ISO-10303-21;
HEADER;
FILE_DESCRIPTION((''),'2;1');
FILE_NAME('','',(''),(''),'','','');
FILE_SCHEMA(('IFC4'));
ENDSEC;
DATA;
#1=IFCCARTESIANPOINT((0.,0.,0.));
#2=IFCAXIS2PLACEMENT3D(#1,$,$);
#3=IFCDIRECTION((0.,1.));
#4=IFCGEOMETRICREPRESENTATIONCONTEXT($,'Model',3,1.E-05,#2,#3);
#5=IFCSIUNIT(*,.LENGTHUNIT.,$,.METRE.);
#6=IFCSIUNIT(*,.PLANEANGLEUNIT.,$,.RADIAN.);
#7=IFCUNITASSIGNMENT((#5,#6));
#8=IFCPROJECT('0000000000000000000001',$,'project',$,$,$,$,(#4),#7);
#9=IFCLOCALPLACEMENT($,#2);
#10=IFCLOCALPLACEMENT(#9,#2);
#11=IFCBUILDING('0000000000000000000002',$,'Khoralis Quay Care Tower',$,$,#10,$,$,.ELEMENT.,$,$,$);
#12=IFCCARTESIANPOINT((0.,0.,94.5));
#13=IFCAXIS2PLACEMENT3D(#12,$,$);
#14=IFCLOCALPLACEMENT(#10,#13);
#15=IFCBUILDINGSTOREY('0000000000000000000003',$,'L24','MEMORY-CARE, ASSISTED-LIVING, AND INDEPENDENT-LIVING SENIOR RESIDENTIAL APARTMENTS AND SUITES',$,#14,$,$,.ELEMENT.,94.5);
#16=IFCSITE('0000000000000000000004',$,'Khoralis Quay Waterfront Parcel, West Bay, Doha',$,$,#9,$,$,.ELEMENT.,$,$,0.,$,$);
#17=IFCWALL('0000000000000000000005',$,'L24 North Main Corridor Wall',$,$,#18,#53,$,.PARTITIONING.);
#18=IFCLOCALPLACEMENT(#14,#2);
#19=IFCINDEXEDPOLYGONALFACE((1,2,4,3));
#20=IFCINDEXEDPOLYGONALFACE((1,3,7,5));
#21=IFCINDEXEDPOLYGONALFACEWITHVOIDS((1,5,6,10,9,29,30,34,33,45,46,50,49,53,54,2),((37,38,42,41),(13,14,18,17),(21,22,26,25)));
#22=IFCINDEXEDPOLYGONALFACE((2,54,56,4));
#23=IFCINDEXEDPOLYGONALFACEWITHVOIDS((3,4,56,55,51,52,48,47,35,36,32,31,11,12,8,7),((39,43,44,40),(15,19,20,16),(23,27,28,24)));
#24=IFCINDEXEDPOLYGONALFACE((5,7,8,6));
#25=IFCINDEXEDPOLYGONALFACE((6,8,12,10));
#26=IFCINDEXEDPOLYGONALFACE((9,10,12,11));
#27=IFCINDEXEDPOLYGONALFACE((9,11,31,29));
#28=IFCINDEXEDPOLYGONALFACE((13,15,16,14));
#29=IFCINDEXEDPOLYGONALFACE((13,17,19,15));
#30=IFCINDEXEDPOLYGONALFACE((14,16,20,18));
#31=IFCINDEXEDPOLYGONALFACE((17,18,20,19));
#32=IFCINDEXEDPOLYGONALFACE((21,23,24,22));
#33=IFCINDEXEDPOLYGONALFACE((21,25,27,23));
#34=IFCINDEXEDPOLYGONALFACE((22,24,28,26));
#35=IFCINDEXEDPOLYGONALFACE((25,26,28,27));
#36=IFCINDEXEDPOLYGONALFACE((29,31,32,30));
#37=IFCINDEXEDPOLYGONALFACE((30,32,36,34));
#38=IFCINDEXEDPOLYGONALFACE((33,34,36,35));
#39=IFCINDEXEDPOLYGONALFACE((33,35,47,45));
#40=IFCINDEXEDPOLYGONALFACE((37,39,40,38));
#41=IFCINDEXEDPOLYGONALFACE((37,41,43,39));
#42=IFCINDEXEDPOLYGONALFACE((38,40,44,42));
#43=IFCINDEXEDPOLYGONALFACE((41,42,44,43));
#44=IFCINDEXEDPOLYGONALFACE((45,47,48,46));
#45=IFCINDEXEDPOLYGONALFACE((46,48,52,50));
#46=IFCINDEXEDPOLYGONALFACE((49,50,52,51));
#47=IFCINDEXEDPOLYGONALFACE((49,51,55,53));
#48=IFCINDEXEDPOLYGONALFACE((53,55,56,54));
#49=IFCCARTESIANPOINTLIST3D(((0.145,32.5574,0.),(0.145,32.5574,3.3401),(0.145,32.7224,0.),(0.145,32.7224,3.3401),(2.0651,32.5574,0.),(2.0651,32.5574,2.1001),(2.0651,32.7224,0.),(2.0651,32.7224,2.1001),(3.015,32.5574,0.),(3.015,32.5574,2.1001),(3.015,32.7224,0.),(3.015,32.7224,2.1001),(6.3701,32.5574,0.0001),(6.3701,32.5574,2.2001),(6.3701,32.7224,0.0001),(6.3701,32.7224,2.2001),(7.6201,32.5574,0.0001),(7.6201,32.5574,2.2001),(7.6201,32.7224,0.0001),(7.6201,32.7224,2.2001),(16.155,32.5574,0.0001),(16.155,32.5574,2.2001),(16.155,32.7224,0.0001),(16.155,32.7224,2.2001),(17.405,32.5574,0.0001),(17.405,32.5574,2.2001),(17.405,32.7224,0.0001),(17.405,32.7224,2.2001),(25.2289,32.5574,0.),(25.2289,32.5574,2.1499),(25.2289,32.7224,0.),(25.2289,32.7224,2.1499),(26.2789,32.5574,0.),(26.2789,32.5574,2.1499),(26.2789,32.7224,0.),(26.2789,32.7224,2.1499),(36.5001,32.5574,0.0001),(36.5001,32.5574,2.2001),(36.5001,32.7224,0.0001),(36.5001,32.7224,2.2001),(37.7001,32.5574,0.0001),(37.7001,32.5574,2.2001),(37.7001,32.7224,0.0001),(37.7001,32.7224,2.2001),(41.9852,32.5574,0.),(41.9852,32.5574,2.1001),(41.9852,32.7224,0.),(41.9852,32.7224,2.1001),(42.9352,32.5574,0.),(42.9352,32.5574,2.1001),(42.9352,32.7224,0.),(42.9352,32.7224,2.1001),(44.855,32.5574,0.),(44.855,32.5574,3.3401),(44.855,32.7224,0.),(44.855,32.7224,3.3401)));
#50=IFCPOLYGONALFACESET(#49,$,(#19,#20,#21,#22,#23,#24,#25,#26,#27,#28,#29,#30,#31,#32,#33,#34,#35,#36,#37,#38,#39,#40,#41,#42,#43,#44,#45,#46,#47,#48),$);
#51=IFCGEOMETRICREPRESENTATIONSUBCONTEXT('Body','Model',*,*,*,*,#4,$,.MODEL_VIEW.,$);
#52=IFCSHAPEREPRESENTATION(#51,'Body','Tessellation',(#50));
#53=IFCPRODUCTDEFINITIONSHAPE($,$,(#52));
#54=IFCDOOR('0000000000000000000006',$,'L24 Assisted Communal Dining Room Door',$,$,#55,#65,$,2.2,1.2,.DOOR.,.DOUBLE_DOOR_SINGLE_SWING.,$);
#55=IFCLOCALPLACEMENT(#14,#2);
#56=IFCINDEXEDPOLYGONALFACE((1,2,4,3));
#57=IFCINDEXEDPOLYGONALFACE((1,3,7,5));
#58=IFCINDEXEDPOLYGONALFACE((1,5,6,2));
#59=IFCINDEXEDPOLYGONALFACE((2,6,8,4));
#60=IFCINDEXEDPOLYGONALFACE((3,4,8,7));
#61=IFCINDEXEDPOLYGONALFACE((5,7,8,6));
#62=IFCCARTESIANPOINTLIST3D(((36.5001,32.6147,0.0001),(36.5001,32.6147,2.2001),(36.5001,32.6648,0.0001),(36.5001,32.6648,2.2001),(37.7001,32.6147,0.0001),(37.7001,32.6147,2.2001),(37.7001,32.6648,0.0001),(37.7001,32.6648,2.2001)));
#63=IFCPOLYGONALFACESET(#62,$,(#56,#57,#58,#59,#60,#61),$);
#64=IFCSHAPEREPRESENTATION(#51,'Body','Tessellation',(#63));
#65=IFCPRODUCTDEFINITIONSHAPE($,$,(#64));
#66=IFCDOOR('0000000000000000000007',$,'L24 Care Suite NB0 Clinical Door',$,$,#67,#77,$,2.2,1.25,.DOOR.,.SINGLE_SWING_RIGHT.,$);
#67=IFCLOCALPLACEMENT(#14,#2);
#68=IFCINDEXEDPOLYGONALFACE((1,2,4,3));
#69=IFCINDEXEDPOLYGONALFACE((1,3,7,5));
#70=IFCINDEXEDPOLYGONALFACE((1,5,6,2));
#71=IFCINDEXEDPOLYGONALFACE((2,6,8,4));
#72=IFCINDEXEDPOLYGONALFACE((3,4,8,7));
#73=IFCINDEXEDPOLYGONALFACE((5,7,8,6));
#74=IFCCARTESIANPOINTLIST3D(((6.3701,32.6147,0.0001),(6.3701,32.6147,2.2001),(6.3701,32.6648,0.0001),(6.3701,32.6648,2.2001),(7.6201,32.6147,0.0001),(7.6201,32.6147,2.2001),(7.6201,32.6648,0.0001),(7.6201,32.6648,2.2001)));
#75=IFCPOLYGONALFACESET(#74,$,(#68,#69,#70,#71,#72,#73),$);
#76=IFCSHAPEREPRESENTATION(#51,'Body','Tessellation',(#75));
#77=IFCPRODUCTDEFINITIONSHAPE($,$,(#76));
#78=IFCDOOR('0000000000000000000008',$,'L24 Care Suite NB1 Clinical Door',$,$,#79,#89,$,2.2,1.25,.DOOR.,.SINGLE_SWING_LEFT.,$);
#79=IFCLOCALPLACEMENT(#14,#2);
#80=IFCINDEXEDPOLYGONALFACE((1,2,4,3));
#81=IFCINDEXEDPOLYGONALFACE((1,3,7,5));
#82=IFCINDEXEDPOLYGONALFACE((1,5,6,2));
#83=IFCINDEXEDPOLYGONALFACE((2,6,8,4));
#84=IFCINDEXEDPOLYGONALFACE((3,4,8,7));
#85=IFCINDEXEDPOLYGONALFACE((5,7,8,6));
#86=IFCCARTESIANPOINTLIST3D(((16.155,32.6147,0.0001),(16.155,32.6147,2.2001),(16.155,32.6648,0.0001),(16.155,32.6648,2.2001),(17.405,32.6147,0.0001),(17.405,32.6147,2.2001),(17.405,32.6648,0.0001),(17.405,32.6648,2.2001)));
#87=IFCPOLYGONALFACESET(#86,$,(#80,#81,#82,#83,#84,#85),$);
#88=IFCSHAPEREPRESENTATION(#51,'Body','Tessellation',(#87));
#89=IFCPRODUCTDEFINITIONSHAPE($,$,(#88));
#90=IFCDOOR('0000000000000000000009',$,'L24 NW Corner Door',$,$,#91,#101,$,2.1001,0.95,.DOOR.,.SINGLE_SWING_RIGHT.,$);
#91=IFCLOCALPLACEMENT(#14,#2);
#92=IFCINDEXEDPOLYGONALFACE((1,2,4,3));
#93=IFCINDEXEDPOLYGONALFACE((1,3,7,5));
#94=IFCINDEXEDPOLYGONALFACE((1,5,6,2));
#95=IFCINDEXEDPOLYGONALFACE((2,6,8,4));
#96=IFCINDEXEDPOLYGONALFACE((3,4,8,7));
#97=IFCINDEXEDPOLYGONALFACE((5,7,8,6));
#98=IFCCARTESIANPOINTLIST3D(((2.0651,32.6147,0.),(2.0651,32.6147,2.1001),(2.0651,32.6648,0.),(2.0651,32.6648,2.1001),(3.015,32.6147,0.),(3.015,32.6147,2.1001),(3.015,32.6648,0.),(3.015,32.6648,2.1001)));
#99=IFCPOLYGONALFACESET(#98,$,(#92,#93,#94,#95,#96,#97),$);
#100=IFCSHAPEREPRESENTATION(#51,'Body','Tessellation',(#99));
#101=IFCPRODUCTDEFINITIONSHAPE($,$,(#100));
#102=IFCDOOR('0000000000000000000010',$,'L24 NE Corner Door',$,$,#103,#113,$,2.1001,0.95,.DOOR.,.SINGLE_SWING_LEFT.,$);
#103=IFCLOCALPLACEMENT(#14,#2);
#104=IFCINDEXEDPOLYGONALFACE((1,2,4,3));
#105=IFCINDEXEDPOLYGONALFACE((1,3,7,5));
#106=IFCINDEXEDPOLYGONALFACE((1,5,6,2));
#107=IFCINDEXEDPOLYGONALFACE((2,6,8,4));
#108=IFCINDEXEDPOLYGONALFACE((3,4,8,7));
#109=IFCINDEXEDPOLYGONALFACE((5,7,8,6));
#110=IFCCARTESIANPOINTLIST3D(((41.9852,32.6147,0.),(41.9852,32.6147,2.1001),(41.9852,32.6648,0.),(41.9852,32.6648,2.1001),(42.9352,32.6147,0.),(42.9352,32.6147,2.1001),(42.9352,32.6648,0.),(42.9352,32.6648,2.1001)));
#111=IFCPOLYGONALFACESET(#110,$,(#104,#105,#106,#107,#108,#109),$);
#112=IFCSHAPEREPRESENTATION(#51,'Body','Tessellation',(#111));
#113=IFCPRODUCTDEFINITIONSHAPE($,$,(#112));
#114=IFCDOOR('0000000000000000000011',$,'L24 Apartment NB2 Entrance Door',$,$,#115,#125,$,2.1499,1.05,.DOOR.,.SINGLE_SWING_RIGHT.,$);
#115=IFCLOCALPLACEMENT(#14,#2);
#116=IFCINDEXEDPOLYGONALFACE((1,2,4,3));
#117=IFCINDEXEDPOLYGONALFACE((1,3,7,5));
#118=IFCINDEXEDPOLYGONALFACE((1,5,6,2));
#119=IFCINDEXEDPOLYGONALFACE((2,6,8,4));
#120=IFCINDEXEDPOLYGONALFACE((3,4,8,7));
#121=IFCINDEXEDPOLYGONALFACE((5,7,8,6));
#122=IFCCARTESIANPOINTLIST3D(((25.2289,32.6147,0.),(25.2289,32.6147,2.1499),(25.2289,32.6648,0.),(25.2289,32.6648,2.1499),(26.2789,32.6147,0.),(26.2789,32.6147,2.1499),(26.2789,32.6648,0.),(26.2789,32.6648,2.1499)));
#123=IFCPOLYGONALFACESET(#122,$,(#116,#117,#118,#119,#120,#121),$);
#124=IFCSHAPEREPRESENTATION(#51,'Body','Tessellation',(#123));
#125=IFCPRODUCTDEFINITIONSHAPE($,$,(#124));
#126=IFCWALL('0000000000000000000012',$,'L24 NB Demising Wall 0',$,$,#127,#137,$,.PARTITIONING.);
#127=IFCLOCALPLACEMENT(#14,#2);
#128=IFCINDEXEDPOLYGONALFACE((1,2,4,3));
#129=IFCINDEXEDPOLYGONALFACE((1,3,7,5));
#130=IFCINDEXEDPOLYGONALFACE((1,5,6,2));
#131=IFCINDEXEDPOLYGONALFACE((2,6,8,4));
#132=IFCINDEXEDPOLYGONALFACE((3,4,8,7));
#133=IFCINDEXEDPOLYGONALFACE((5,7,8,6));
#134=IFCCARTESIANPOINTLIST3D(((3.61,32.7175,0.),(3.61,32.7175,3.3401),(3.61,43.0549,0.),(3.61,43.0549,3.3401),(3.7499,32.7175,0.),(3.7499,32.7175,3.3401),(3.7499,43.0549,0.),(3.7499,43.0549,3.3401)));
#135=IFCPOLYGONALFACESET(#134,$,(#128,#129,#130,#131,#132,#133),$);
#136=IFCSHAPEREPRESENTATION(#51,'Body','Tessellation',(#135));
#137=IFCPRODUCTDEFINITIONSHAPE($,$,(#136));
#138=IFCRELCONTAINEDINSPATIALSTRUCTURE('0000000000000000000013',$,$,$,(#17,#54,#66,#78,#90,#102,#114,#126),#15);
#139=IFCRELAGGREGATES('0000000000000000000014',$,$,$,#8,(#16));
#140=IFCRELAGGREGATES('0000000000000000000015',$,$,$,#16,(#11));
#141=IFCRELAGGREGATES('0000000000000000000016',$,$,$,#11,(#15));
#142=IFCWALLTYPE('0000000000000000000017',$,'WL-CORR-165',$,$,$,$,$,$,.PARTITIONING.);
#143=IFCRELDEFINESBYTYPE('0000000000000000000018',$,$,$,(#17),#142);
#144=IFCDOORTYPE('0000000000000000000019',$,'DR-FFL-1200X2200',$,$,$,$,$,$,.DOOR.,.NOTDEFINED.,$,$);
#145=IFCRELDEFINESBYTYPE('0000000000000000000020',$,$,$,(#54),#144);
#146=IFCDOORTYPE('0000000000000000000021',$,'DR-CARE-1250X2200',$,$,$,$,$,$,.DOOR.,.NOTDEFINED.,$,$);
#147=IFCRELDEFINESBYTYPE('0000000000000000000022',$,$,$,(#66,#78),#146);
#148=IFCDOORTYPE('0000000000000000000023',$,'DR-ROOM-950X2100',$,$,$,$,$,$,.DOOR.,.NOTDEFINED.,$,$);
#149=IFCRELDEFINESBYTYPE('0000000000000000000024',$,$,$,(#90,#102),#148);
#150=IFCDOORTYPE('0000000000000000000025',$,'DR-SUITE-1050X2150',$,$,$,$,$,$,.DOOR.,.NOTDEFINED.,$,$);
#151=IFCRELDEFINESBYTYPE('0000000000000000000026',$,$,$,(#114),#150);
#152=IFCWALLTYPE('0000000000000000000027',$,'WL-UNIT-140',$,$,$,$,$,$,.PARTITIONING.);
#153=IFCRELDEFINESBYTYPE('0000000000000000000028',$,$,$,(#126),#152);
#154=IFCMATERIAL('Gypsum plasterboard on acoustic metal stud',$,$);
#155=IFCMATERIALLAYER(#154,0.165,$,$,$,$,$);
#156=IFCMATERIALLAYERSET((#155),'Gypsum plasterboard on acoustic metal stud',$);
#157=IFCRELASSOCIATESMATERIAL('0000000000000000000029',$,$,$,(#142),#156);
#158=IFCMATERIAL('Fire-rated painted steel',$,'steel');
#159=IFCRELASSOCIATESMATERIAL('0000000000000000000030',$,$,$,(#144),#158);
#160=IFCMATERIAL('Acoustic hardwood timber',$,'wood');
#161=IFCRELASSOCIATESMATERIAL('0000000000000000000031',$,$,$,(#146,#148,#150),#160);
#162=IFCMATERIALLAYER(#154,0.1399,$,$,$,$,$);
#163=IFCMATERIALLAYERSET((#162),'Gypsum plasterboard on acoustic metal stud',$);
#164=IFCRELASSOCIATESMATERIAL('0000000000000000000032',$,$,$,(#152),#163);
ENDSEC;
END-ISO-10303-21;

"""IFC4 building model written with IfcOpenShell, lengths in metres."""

from ifc_helpers import new_model, si_unit, direction, frame, frame_2d, origin, place, context, subcontext, project, spatial, rectangle, extrude, source, transform, mapped, material, layer, layer_set, type_object, element, fill, save


model = new_model("IFC4")

# Units and contexts
model_context = context("Model", 3, precision=1e-05, world=origin(), true_north=direction((0.0, 1.0)))
body_context = subcontext(model_context, "Body", "Model", "MODEL_VIEW")
ifc_project = project(units=[si_unit("LENGTHUNIT", "METRE"), si_unit("PLANEANGLEUNIT", "RADIAN")], contexts=[model_context])

# Site, building, storey
site_placement = place(None, origin())
site = spatial("IfcSite", under=ifc_project, at=site_placement, Name="Khoralis Quay Waterfront Parcel, West Bay, Doha", CompositionType="ELEMENT", RefElevation=0.0)
building_placement = place(site_placement, origin())
building = spatial("IfcBuilding", under=site, at=building_placement, Name="Khoralis Quay Care Tower", CompositionType="ELEMENT")
storey_placement = place(building_placement, frame((0.0, 0.0, 94.5)))
storey = spatial("IfcBuildingStorey", under=building, at=storey_placement, Name="L24", Description="MEMORY-CARE, ASSISTED-LIVING, AND INDEPENDENT-LIVING SENIOR RESIDENTIAL APARTMENTS AND SUITES", CompositionType="ELEMENT", Elevation=94.5)

# Wall, openings, doors
ifc_material_1 = material(Name="Gypsum plasterboard on acoustic metal stud")
ifc_layer_1 = layer(ifc_material_1, 0.165)
ifc_layer_set_1 = layer_set([ifc_layer_1], Name="Gypsum plasterboard on acoustic metal stud")
wall_type_1 = type_object("IfcWallType", Name="WL-CORR-165", PredefinedType="PARTITIONING", material=ifc_layer_set_1)
wall_1_placement = place(storey_placement, frame((0.145, 32.6399, 0.0), z_axis=(0.0, 0.0, 1.0), x_axis=(1.0, 0.0, 0.0)))
wall_1 = element("IfcWall", 1, at=wall_1_placement, inside=storey, type_object=wall_type_1, Name="L24 North Main Corridor Wall", PredefinedType="PARTITIONING", context=body_context, shape_type="SweptSolid", body=[
    extrude(rectangle(XDim=44.71, YDim=0.165, at=frame_2d((22.355, 0.0))), origin(), (0.0, 0.0, 1.0), 3.3401),
])
opening_1_placement = place(wall_1_placement, frame((6.2251, 0.0, 0.0)))
opening_1 = element("IfcOpeningElement", 2, at=opening_1_placement, cuts=wall_1, PredefinedType="OPENING", context=body_context, shape_type="SweptSolid", body=[
    extrude(rectangle(XDim=1.25, YDim=2.2, at=frame_2d((0.625, 1.1001))), frame((0.0, 0.0925, 0.0), z_axis=(0.0, -1.0, 0.0), x_axis=(1.0, 0.0, 0.0)), (0.0, 0.0, 1.0), 0.1851),
])
opening_2_placement = place(wall_1_placement, frame((16.01, 0.0, 0.0)))
opening_2 = element("IfcOpeningElement", 3, at=opening_2_placement, cuts=wall_1, PredefinedType="OPENING", context=body_context, shape_type="SweptSolid", body=[
    extrude(rectangle(XDim=1.25, YDim=2.2, at=frame_2d((0.625, 1.1001))), frame((0.0, 0.0925, 0.0), z_axis=(0.0, -1.0, 0.0), x_axis=(1.0, 0.0, 0.0)), (0.0, 0.0, 1.0), 0.1851),
])
opening_3_placement = place(wall_1_placement, frame((25.084, 0.0, 0.0)))
opening_3 = element("IfcOpeningElement", 4, at=opening_3_placement, cuts=wall_1, PredefinedType="OPENING", context=body_context, shape_type="SweptSolid", body=[
    extrude(rectangle(XDim=1.05, YDim=2.1499, at=frame_2d((0.5249, 1.075))), frame((0.0, 0.0925, 0.0), z_axis=(0.0, -1.0, 0.0), x_axis=(1.0, 0.0, 0.0)), (0.0, 0.0, 1.0), 0.1851),
])
opening_4_placement = place(wall_1_placement, frame((36.355, 0.0, 0.0)))
opening_4 = element("IfcOpeningElement", 5, at=opening_4_placement, cuts=wall_1, PredefinedType="OPENING", context=body_context, shape_type="SweptSolid", body=[
    extrude(rectangle(XDim=1.2, YDim=2.2, at=frame_2d((0.6001, 1.1001))), frame((0.0, 0.0925, 0.0), z_axis=(0.0, -1.0, 0.0), x_axis=(1.0, 0.0, 0.0)), (0.0, 0.0, 1.0), 0.1851),
])
opening_5_placement = place(wall_1_placement, frame((1.9199, 0.0, 0.0)))
opening_5 = element("IfcOpeningElement", 6, at=opening_5_placement, cuts=wall_1, PredefinedType="OPENING", context=body_context, shape_type="SweptSolid", body=[
    extrude(rectangle(XDim=0.95, YDim=2.1001, at=frame_2d((0.4751, 1.05))), frame((0.0, 0.0925, 0.0), z_axis=(0.0, -1.0, 0.0), x_axis=(1.0, 0.0, 0.0)), (0.0, 0.0, 1.0), 0.1851),
])
opening_6_placement = place(wall_1_placement, frame((41.8401, 0.0, 0.0)))
opening_6 = element("IfcOpeningElement", 7, at=opening_6_placement, cuts=wall_1, PredefinedType="OPENING", context=body_context, shape_type="SweptSolid", body=[
    extrude(rectangle(XDim=0.95, YDim=2.1001, at=frame_2d((0.4751, 1.05))), frame((0.0, 0.0925, 0.0), z_axis=(0.0, -1.0, 0.0), x_axis=(1.0, 0.0, 0.0)), (0.0, 0.0, 1.0), 0.1851),
])
ifc_material_2 = material(Name="Fire-rated painted steel", Category="steel")
door_type_1 = type_object("IfcDoorType", Name="DR-FFL-1200X2200", OperationType="NOTDEFINED", PredefinedType="DOOR", material=ifc_material_2)
shared_shape_1 = source(origin(), body_context, "Body", "SweptSolid", [
    extrude(rectangle(XDim=1.2, YDim=2.2, at=frame_2d((0.6001, 1.1001))), frame((0.0, 0.0249, 0.0), z_axis=(0.0, -1.0, 0.0), x_axis=(1.0, 0.0, 0.0)), (0.0, 0.0, 1.0), 0.05),
])
door_1_placement = place(opening_4_placement, origin())
door_1 = element("IfcDoor", 8, at=door_1_placement, inside=storey, type_object=door_type_1, Name="L24 Assisted Communal Dining Room Door", OperationType="DOUBLE_DOOR_SINGLE_SWING", OverallHeight=2.2, OverallWidth=1.2, PredefinedType="DOOR", context=body_context, shape_type="MappedRepresentation", body=[
    mapped(shared_shape_1, transform((0.0, 0.0, 0.0), scale=1.0)),
])
fill(opening_4, door_1)
ifc_material_3 = material(Name="Acoustic hardwood timber", Category="wood")
door_type_2 = type_object("IfcDoorType", Name="DR-CARE-1250X2200", OperationType="NOTDEFINED", PredefinedType="DOOR", material=ifc_material_3)
shared_shape_2 = source(origin(), body_context, "Body", "SweptSolid", [
    extrude(rectangle(XDim=1.25, YDim=2.2, at=frame_2d((0.625, 1.1001))), frame((0.0, 0.0249, 0.0), z_axis=(0.0, -1.0, 0.0), x_axis=(1.0, 0.0, 0.0)), (0.0, 0.0, 1.0), 0.05),
])
door_2_placement = place(opening_1_placement, origin())
door_2 = element("IfcDoor", 9, at=door_2_placement, inside=storey, type_object=door_type_2, Name="L24 Care Suite NB0 Clinical Door", OperationType="SINGLE_SWING_RIGHT", OverallHeight=2.2, OverallWidth=1.25, PredefinedType="DOOR", context=body_context, shape_type="MappedRepresentation", body=[
    mapped(shared_shape_2, transform((0.0, 0.0, 0.0), scale=1.0)),
])
fill(opening_1, door_2)
door_3_placement = place(opening_2_placement, origin())
door_3 = element("IfcDoor", 10, at=door_3_placement, inside=storey, type_object=door_type_2, Name="L24 Care Suite NB1 Clinical Door", OperationType="SINGLE_SWING_LEFT", OverallHeight=2.2, OverallWidth=1.25, PredefinedType="DOOR", context=body_context, shape_type="MappedRepresentation", body=[
    mapped(shared_shape_2, transform((0.0, 0.0, 0.0), scale=1.0)),
])
fill(opening_2, door_3)
door_type_3 = type_object("IfcDoorType", Name="DR-ROOM-950X2100", OperationType="NOTDEFINED", PredefinedType="DOOR", material=ifc_material_3)
shared_shape_3 = source(origin(), body_context, "Body", "SweptSolid", [
    extrude(rectangle(XDim=0.95, YDim=2.1001, at=frame_2d((0.4751, 1.05))), frame((0.0, 0.0249, 0.0), z_axis=(0.0, -1.0, 0.0), x_axis=(1.0, 0.0, 0.0)), (0.0, 0.0, 1.0), 0.05),
])
door_4_placement = place(opening_5_placement, origin())
door_4 = element("IfcDoor", 11, at=door_4_placement, inside=storey, type_object=door_type_3, Name="L24 NW Corner Door", OperationType="SINGLE_SWING_RIGHT", OverallHeight=2.1001, OverallWidth=0.95, PredefinedType="DOOR", context=body_context, shape_type="MappedRepresentation", body=[
    mapped(shared_shape_3, transform((0.0, 0.0, 0.0), scale=1.0)),
])
fill(opening_5, door_4)
door_5_placement = place(opening_6_placement, origin())
door_5 = element("IfcDoor", 12, at=door_5_placement, inside=storey, type_object=door_type_3, Name="L24 NE Corner Door", OperationType="SINGLE_SWING_LEFT", OverallHeight=2.1001, OverallWidth=0.95, PredefinedType="DOOR", context=body_context, shape_type="MappedRepresentation", body=[
    mapped(shared_shape_3, transform((0.0, 0.0, 0.0), scale=1.0)),
])
fill(opening_6, door_5)
door_type_4 = type_object("IfcDoorType", Name="DR-SUITE-1050X2150", OperationType="NOTDEFINED", PredefinedType="DOOR", material=ifc_material_3)
shared_shape_4 = source(origin(), body_context, "Body", "SweptSolid", [
    extrude(rectangle(XDim=1.05, YDim=2.1499, at=frame_2d((0.5249, 1.075))), frame((0.0, 0.0249, 0.0), z_axis=(0.0, -1.0, 0.0), x_axis=(1.0, 0.0, 0.0)), (0.0, 0.0, 1.0), 0.05),
])
door_6_placement = place(opening_3_placement, origin())
door_6 = element("IfcDoor", 13, at=door_6_placement, inside=storey, type_object=door_type_4, Name="L24 Apartment NB2 Entrance Door", OperationType="SINGLE_SWING_RIGHT", OverallHeight=2.1499, OverallWidth=1.05, PredefinedType="DOOR", context=body_context, shape_type="MappedRepresentation", body=[
    mapped(shared_shape_4, transform((0.0, 0.0, 0.0), scale=1.0)),
])
fill(opening_3, door_6)

# Wall
ifc_layer_2 = layer(ifc_material_1, 0.1399)
ifc_layer_set_2 = layer_set([ifc_layer_2], Name="Gypsum plasterboard on acoustic metal stud")
wall_type_2 = type_object("IfcWallType", Name="WL-UNIT-140", PredefinedType="PARTITIONING", material=ifc_layer_set_2)
wall_2_placement = place(storey_placement, frame((3.6799, 32.7175, 0.0), z_axis=(0.0, 0.0, 1.0), x_axis=(0.0, 1.0, 0.0)))
element("IfcWall", 14, at=wall_2_placement, inside=storey, type_object=wall_type_2, Name="L24 NB Demising Wall 0", PredefinedType="PARTITIONING", context=body_context, shape_type="SweptSolid", body=[
    extrude(rectangle(XDim=10.3374, YDim=0.1399, at=frame_2d((5.1687, 0.0))), origin(), (0.0, 0.0, 1.0), 3.3401),
])

save(model, "model.ifc")
